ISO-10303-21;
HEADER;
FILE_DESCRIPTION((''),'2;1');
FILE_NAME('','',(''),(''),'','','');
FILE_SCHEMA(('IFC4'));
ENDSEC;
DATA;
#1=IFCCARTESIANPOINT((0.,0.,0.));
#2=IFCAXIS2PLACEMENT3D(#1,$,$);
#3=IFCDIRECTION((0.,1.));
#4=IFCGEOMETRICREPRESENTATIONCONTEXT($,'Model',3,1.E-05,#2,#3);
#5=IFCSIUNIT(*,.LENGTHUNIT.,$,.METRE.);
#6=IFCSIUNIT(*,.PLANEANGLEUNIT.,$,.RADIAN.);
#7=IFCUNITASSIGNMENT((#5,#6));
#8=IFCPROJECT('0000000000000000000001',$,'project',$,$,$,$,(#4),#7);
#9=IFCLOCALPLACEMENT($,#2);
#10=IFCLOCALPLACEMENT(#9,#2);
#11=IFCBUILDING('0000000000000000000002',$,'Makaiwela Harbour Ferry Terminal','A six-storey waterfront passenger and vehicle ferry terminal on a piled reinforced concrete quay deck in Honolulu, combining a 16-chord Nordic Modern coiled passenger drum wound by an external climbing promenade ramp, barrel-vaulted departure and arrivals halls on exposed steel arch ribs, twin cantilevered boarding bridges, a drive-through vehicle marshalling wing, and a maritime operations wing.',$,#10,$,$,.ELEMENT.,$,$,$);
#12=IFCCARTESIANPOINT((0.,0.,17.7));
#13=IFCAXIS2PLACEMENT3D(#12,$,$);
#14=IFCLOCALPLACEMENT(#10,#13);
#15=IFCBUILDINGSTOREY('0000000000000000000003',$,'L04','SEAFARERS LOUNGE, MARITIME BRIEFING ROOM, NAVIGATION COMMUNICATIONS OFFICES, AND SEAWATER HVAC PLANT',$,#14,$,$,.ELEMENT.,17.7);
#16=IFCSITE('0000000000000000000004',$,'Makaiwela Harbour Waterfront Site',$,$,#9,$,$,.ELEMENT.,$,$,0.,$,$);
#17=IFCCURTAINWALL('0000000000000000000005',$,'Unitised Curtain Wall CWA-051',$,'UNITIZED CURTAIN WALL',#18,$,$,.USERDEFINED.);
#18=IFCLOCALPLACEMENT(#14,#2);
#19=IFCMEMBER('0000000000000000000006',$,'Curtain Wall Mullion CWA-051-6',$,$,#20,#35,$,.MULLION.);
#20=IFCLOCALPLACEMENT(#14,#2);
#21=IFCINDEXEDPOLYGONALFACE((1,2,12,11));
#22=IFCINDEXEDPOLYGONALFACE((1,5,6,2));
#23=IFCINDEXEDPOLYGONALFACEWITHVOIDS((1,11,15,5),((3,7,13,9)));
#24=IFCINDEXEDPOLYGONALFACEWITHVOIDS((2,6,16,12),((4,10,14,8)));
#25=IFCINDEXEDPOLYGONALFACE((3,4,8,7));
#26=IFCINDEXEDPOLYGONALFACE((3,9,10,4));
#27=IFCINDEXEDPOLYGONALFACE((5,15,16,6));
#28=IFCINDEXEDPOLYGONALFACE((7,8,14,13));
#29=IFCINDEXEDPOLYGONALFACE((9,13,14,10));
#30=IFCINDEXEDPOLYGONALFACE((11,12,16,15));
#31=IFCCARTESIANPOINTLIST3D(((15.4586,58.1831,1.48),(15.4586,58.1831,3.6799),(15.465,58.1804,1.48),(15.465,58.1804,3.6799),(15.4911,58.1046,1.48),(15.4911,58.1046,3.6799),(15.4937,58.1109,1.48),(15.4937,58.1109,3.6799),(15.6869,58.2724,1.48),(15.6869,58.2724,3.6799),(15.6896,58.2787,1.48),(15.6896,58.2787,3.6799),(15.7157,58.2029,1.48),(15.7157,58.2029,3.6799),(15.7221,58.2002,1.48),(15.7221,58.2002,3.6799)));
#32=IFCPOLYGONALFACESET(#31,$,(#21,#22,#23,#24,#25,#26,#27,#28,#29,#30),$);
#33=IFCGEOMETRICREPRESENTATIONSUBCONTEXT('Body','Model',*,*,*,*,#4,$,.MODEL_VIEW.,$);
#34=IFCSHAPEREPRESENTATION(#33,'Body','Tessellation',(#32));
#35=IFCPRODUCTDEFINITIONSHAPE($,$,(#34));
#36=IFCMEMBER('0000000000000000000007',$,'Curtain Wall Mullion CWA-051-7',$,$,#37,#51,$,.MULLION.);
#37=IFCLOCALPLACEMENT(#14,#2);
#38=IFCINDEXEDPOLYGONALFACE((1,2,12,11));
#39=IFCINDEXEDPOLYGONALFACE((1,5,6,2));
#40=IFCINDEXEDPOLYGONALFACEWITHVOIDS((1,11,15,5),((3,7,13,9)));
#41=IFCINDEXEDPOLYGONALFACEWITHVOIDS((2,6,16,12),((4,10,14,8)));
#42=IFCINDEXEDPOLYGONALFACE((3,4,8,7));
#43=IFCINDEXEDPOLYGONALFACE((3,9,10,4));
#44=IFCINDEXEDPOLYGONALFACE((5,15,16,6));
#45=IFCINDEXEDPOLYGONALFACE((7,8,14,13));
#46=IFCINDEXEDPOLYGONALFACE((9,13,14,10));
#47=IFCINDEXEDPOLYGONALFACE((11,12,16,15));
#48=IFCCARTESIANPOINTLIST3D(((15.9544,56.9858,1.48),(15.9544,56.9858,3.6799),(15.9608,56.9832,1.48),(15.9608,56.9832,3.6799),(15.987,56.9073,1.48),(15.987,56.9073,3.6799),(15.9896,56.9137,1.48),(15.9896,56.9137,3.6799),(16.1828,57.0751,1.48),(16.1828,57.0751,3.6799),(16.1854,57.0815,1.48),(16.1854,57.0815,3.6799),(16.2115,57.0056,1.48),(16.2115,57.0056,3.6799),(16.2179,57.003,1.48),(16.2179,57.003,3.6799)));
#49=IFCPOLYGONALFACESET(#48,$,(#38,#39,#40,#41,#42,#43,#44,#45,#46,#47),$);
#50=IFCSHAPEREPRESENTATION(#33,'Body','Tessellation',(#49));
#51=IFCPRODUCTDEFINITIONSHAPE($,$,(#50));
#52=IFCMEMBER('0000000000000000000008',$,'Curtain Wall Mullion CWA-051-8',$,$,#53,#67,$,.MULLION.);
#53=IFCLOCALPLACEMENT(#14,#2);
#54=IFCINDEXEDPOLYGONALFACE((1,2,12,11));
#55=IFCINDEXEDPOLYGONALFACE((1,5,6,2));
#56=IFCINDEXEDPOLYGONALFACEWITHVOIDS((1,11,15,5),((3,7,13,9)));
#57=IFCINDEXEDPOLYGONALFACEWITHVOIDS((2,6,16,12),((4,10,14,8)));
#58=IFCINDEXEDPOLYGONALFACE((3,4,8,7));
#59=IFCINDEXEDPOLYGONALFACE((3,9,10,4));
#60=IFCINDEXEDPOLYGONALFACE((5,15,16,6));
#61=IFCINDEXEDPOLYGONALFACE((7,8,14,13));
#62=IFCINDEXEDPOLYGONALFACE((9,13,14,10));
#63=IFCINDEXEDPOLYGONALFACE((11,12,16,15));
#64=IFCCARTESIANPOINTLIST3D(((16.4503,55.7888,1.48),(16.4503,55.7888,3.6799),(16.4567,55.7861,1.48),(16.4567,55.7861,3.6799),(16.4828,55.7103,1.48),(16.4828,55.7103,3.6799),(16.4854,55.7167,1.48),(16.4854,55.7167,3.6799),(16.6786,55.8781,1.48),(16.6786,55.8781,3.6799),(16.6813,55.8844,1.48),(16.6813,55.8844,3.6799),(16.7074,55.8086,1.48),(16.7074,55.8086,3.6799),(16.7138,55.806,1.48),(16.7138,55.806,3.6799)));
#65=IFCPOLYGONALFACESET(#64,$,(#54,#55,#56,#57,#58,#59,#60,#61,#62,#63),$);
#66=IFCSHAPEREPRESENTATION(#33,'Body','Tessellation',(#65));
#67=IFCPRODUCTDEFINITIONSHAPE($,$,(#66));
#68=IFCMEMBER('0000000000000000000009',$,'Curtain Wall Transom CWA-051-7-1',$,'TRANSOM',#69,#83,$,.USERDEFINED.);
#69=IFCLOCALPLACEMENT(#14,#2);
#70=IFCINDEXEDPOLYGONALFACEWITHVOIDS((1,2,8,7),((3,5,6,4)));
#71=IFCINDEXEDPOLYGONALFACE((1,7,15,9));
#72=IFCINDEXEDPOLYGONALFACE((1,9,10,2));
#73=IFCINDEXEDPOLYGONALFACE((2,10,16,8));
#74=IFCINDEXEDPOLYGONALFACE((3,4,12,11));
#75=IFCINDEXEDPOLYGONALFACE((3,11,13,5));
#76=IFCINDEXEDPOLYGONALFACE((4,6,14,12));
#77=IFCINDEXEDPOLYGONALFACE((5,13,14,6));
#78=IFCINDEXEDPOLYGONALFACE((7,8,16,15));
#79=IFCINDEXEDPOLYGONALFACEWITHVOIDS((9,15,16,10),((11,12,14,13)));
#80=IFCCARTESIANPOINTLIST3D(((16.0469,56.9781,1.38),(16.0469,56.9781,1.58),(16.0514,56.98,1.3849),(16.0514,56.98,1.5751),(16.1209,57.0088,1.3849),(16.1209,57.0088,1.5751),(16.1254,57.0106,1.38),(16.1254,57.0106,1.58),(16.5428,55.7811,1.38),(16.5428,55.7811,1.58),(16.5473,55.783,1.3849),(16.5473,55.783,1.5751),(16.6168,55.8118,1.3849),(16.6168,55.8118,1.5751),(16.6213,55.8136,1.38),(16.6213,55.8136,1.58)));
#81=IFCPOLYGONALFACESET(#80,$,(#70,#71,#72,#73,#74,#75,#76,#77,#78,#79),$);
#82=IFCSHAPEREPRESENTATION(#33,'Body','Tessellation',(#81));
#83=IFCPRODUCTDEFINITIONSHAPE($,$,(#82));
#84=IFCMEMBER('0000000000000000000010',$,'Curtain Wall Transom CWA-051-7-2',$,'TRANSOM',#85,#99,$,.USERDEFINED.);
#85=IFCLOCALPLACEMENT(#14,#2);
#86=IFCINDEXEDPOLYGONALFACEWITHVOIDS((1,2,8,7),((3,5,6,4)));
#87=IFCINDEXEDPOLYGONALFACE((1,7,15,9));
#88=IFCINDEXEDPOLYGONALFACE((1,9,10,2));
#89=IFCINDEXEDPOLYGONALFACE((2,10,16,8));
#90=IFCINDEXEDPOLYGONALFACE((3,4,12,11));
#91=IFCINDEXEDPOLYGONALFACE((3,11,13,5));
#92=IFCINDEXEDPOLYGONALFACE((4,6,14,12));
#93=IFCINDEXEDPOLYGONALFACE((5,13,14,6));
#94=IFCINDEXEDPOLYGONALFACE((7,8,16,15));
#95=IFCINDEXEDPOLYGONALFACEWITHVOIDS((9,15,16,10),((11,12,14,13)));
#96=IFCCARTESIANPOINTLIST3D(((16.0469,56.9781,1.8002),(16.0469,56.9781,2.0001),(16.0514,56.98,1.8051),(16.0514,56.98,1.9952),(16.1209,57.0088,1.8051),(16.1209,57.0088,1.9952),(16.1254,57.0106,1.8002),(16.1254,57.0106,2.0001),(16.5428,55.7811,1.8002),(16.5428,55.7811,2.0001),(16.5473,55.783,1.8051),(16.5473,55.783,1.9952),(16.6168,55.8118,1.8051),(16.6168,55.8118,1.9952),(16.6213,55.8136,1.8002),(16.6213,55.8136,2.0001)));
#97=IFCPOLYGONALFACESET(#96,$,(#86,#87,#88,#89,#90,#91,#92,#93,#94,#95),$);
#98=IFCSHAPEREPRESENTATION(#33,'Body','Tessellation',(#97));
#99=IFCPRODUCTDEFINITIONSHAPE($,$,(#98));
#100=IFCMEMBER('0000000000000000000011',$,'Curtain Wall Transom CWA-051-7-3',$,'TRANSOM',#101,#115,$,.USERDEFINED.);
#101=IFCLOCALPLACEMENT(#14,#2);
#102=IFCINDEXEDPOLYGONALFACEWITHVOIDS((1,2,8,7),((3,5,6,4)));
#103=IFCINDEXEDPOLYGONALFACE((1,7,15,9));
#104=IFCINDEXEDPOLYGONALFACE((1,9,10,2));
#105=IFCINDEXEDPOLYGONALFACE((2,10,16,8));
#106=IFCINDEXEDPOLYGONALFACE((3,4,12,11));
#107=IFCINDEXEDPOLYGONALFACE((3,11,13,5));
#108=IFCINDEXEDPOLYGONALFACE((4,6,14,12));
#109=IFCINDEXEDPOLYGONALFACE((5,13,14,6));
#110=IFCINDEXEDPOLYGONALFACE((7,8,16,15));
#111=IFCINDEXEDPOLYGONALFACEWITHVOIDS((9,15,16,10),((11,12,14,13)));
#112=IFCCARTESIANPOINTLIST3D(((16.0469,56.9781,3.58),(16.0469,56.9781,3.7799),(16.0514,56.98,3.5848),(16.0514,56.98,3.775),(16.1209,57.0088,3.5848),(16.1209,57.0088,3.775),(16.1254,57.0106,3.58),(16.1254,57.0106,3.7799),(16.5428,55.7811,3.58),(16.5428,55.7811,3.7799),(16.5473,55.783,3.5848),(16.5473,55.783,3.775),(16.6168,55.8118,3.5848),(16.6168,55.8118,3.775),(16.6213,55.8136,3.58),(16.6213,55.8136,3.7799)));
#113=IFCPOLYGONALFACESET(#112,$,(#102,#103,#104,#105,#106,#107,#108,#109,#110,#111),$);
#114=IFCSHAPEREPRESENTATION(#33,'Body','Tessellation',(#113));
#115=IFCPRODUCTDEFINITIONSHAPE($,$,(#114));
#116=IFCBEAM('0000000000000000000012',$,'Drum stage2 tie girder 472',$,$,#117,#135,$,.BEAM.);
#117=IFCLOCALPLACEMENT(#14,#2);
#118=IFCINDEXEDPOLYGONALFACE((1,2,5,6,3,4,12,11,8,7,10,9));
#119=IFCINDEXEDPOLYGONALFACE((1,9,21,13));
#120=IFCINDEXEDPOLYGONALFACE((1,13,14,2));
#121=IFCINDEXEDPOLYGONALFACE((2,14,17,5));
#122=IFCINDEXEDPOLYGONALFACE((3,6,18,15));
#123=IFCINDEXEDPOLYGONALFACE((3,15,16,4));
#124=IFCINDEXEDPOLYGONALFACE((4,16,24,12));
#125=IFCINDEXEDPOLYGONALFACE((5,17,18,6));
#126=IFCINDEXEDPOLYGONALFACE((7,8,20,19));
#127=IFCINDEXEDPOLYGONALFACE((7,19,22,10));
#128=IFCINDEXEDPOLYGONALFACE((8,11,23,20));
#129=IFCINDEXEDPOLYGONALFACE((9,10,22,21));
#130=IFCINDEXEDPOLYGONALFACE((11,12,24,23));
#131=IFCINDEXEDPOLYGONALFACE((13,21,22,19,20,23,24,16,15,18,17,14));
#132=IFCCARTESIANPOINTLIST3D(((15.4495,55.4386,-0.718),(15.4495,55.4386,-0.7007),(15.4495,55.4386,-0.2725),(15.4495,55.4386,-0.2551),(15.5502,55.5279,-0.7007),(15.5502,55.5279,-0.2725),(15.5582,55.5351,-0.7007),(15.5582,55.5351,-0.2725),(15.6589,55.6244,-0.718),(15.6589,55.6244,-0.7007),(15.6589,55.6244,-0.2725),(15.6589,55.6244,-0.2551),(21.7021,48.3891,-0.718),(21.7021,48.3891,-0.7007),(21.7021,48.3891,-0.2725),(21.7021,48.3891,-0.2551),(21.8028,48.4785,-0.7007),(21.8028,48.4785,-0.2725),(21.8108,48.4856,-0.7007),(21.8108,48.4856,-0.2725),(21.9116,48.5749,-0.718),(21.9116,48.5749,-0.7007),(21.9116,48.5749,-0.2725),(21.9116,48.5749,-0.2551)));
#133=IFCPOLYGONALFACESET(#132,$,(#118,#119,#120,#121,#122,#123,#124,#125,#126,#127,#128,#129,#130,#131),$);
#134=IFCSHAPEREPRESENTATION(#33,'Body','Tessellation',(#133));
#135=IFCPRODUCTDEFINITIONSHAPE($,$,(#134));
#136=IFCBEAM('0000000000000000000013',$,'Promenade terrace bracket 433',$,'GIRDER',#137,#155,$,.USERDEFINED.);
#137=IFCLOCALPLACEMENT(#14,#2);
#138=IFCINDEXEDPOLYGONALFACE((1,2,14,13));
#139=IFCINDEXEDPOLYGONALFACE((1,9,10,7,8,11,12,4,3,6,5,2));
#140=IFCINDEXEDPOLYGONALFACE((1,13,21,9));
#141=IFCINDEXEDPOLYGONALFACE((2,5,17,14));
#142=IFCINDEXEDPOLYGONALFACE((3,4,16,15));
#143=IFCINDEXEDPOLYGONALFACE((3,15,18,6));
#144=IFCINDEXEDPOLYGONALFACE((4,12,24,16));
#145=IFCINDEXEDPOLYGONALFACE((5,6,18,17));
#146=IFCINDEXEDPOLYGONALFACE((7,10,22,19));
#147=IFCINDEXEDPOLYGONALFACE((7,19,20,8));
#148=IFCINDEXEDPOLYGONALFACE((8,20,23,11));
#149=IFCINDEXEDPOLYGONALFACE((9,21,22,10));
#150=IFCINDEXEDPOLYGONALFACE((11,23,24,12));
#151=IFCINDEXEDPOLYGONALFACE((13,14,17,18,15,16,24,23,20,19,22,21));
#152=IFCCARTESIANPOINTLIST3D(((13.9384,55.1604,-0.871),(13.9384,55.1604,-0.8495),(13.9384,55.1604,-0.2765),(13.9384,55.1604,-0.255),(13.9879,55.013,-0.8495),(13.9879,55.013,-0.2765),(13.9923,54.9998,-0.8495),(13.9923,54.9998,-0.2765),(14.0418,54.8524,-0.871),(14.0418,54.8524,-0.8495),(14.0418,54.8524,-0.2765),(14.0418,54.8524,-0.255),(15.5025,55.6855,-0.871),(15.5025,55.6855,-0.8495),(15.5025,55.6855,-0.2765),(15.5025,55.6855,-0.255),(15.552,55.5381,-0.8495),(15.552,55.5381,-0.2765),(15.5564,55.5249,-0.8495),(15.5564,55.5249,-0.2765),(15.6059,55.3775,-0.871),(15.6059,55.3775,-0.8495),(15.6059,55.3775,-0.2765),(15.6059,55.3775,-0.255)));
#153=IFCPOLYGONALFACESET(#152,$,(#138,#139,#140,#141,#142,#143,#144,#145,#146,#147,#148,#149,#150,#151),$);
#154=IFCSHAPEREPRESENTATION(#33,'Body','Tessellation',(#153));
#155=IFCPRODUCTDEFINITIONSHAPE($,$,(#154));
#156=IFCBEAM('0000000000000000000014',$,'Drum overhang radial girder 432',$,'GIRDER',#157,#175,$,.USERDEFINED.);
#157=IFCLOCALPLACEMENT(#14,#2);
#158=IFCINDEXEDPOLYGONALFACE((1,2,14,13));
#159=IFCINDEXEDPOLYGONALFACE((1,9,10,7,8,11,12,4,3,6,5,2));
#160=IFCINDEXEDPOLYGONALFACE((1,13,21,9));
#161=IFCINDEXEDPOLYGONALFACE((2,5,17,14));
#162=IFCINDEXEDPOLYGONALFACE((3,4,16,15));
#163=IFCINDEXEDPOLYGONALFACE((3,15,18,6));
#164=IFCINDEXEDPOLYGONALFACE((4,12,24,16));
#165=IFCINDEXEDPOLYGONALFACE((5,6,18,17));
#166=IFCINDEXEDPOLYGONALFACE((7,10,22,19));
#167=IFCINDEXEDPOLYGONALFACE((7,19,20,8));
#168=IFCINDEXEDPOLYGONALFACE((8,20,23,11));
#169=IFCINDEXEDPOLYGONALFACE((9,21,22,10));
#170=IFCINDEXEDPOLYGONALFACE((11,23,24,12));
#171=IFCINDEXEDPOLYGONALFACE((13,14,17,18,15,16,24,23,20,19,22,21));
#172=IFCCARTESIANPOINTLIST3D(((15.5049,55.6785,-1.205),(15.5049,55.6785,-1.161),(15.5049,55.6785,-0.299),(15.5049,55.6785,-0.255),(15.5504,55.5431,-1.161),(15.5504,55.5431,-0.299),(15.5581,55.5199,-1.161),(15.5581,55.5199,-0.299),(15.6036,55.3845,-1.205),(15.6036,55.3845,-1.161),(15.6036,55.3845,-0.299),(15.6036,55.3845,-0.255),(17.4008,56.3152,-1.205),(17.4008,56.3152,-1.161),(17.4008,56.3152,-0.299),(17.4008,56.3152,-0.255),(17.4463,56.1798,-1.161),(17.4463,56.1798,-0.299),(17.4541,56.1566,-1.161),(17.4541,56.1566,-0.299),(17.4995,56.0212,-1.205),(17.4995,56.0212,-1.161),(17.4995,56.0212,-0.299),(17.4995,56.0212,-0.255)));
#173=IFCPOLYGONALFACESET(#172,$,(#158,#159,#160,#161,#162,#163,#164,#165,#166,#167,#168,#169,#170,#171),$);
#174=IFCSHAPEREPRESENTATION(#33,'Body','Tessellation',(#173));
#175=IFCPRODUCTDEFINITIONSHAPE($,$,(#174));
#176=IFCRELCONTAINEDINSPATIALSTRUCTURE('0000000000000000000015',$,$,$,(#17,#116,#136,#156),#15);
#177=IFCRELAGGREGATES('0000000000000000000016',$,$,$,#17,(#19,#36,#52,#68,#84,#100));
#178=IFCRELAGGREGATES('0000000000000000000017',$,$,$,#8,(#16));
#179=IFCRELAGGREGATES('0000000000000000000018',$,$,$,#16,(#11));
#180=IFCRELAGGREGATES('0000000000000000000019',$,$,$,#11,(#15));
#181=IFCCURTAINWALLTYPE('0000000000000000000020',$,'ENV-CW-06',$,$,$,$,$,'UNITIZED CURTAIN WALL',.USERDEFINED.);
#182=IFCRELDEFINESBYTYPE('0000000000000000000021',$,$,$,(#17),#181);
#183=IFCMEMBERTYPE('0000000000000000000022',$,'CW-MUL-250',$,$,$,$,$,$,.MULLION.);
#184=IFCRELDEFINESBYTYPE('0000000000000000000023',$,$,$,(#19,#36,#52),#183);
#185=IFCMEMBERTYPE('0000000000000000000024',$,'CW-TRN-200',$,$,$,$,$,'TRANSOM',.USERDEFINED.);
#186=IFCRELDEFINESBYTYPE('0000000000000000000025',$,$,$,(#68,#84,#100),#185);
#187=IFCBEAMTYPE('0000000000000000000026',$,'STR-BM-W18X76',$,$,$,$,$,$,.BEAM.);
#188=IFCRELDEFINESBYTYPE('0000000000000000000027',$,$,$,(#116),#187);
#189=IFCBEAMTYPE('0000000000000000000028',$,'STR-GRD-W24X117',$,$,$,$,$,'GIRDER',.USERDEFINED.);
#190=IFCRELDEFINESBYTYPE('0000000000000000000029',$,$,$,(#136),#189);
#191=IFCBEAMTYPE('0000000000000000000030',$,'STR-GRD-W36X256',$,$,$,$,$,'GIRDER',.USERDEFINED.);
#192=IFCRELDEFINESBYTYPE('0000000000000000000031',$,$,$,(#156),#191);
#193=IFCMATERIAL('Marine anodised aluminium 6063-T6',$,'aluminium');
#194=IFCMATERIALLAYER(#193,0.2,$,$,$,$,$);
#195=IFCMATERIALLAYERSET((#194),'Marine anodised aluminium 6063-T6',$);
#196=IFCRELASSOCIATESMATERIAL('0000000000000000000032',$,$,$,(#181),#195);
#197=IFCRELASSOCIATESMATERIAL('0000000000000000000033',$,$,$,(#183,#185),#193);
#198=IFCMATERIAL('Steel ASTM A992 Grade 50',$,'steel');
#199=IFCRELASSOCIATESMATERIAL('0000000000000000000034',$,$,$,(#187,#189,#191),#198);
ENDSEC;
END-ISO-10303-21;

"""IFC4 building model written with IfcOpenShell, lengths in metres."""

from ifc_helpers import new_model, si_unit, direction, frame, origin, origin_2d, place, context, subcontext, project, spatial, hollow_rectangle, i_section, extrude, material, layer, layer_set, material_profile, profile_set, type_object, element, aggregate, save


model = new_model("IFC4")

# Units and contexts
model_context = context("Model", 3, precision=1e-05, world=origin(), true_north=direction((0.0, 1.0)))
body_context = subcontext(model_context, "Body", "Model", "MODEL_VIEW")
ifc_project = project(units=[si_unit("LENGTHUNIT", "METRE"), si_unit("PLANEANGLEUNIT", "RADIAN")], contexts=[model_context])

# Site, building, storey
site_placement = place(None, origin())
site = spatial("IfcSite", under=ifc_project, at=site_placement, Name="Makaiwela Harbour Waterfront Site", CompositionType="ELEMENT", RefElevation=0.0)
building_placement = place(site_placement, origin())
building = spatial("IfcBuilding", under=site, at=building_placement, Name="Makaiwela Harbour Ferry Terminal", Description="A six-storey waterfront passenger and vehicle ferry terminal on a piled reinforced concrete quay deck in Honolulu, combining a 16-chord Nordic Modern coiled passenger drum wound by an external climbing promenade ramp, barrel-vaulted departure and arrivals halls on exposed steel arch ribs, twin cantilevered boarding bridges, a drive-through vehicle marshalling wing, and a maritime operations wing.", CompositionType="ELEMENT")
storey_placement = place(building_placement, frame((0.0, 0.0, 17.7)))
storey = spatial("IfcBuildingStorey", under=building, at=storey_placement, Name="L04", Description="SEAFARERS LOUNGE, MARITIME BRIEFING ROOM, NAVIGATION COMMUNICATIONS OFFICES, AND SEAWATER HVAC PLANT", CompositionType="ELEMENT", Elevation=17.7)

# Curtain wall, members
ifc_material_1 = material(Name="Marine anodised aluminium 6063-T6", Category="aluminium")
ifc_layer_1 = layer(ifc_material_1, 0.2)
ifc_layer_set_1 = layer_set([ifc_layer_1], Name="Marine anodised aluminium 6063-T6")
curtain_wall_type = type_object("IfcCurtainWallType", Name="ENV-CW-06", ElementType="UNITIZED CURTAIN WALL", PredefinedType="USERDEFINED", material=ifc_layer_set_1)
curtain_wall_placement = place(storey_placement, origin())
curtain_wall = element("IfcCurtainWall", 1, at=curtain_wall_placement, inside=storey, type_object=curtain_wall_type, Name="Unitised Curtain Wall CWA-051", ObjectType="UNITIZED CURTAIN WALL", PredefinedType="USERDEFINED")
ifc_material_profile_1 = material_profile(ifc_material_1, hollow_rectangle(XDim=0.085, YDim=0.25, WallThickness=0.0049, at=origin_2d()), Name="CWM-250X85")
ifc_profile_set_1 = profile_set([ifc_material_profile_1], Name="Marine anodised aluminium 6063-T6")
member_type_1 = type_object("IfcMemberType", Name="CW-MUL-250", PredefinedType="MULLION", material=ifc_profile_set_1)
member_1_placement = place(storey_placement, frame((15.5903, 58.1917, 1.48), z_axis=(0.0, 0.0, 1.0), x_axis=(-0.382683, 0.92388, 0.0)))
member_1 = element("IfcMember", 2, at=member_1_placement, type_object=member_type_1, Name="Curtain Wall Mullion CWA-051-6", PredefinedType="MULLION", context=body_context, shape_type="SweptSolid", body=[
    extrude(hollow_rectangle(XDim=0.085, YDim=0.25, WallThickness=0.0049, at=origin_2d()), origin(), (0.0, 0.0, 1.0), 2.2),
])
member_2_placement = place(storey_placement, frame((16.0862, 56.9944, 1.48), z_axis=(0.0, 0.0, 1.0), x_axis=(-0.382683, 0.92388, 0.0)))
member_2 = element("IfcMember", 3, at=member_2_placement, type_object=member_type_1, Name="Curtain Wall Mullion CWA-051-7", PredefinedType="MULLION", context=body_context, shape_type="SweptSolid", body=[
    extrude(hollow_rectangle(XDim=0.085, YDim=0.25, WallThickness=0.0049, at=origin_2d()), origin(), (0.0, 0.0, 1.0), 2.2),
])
member_3_placement = place(storey_placement, frame((16.582, 55.7974, 1.48), z_axis=(0.0, 0.0, 1.0), x_axis=(-0.382683, 0.92388, 0.0)))
member_3 = element("IfcMember", 4, at=member_3_placement, type_object=member_type_1, Name="Curtain Wall Mullion CWA-051-8", PredefinedType="MULLION", context=body_context, shape_type="SweptSolid", body=[
    extrude(hollow_rectangle(XDim=0.085, YDim=0.25, WallThickness=0.0049, at=origin_2d()), origin(), (0.0, 0.0, 1.0), 2.2),
])
ifc_material_profile_2 = material_profile(ifc_material_1, hollow_rectangle(XDim=0.085, YDim=0.2, WallThickness=0.0049, at=origin_2d()), Name="CWT-200X85")
ifc_profile_set_2 = profile_set([ifc_material_profile_2], Name="Marine anodised aluminium 6063-T6")
member_type_2 = type_object("IfcMemberType", Name="CW-TRN-200", ElementType="TRANSOM", PredefinedType="USERDEFINED", material=ifc_profile_set_2)
member_4_placement = place(storey_placement, frame((16.0862, 56.9944, 1.48), z_axis=(0.382701, -0.923872, 0.0), x_axis=(0.923872, 0.382701, 0.0)))
member_4 = element("IfcMember", 5, at=member_4_placement, type_object=member_type_2, Name="Curtain Wall Transom CWA-051-7-1", ObjectType="TRANSOM", PredefinedType="USERDEFINED", context=body_context, shape_type="SweptSolid", body=[
    extrude(hollow_rectangle(XDim=0.085, YDim=0.2, WallThickness=0.0049, at=origin_2d()), origin(), (0.0, 0.0, 1.0), 1.2957),
])
member_5_placement = place(storey_placement, frame((16.0862, 56.9944, 1.9001), z_axis=(0.382701, -0.923872, 0.0), x_axis=(0.923872, 0.382701, 0.0)))
member_5 = element("IfcMember", 6, at=member_5_placement, type_object=member_type_2, Name="Curtain Wall Transom CWA-051-7-2", ObjectType="TRANSOM", PredefinedType="USERDEFINED", context=body_context, shape_type="SweptSolid", body=[
    extrude(hollow_rectangle(XDim=0.085, YDim=0.2, WallThickness=0.0049, at=origin_2d()), origin(), (0.0, 0.0, 1.0), 1.2957),
])
member_6_placement = place(storey_placement, frame((16.0862, 56.9944, 3.6799), z_axis=(0.382701, -0.923872, 0.0), x_axis=(0.923872, 0.382701, 0.0)))
member_6 = element("IfcMember", 7, at=member_6_placement, type_object=member_type_2, Name="Curtain Wall Transom CWA-051-7-3", ObjectType="TRANSOM", PredefinedType="USERDEFINED", context=body_context, shape_type="SweptSolid", body=[
    extrude(hollow_rectangle(XDim=0.085, YDim=0.2, WallThickness=0.0049, at=origin_2d()), origin(), (0.0, 0.0, 1.0), 1.2957),
])

# Beams
ifc_material_2 = material(Name="Steel ASTM A992 Grade 50", Category="steel")
ifc_material_profile_3 = material_profile(ifc_material_2, i_section(OverallWidth=0.28, OverallDepth=0.4629, WebThickness=0.0107, FlangeThickness=0.0173, at=origin_2d()), Name="W18X76")
ifc_profile_set_3 = profile_set([ifc_material_profile_3], Name="Steel ASTM A992 Grade 50")
beam_type_1 = type_object("IfcBeamType", Name="STR-BM-W18X76", PredefinedType="BEAM", material=ifc_profile_set_3)
beam_1_placement = place(storey_placement, frame((15.5542, 55.5315, -0.4866), z_axis=(0.663558, -0.748125, 0.0), x_axis=(0.748125, 0.663558, 0.0)))
element("IfcBeam", 8, at=beam_1_placement, inside=storey, type_object=beam_type_1, Name="Drum stage2 tie girder 472", PredefinedType="BEAM", context=body_context, shape_type="SweptSolid", body=[
    extrude(i_section(OverallWidth=0.28, OverallDepth=0.4629, WebThickness=0.0107, FlangeThickness=0.0173, at=origin_2d()), origin(), (0.0, 0.0, 1.0), 9.4229),
])
ifc_material_profile_4 = material_profile(ifc_material_2, i_section(OverallWidth=0.325, OverallDepth=0.616, WebThickness=0.0139, FlangeThickness=0.0215, at=origin_2d()), Name="W24X117")
ifc_profile_set_4 = profile_set([ifc_material_profile_4], Name="Steel ASTM A992 Grade 50")
beam_type_2 = type_object("IfcBeamType", Name="STR-GRD-W24X117", ElementType="GIRDER", PredefinedType="USERDEFINED", material=ifc_profile_set_4)
beam_2_placement = place(storey_placement, frame((15.5542, 55.5315, -0.563), z_axis=(-0.948, -0.318269, 0.0), x_axis=(0.318269, -0.948, 0.0)))
element("IfcBeam", 9, at=beam_2_placement, inside=storey, type_object=beam_type_2, Name="Promenade terrace bracket 433", ObjectType="GIRDER", PredefinedType="USERDEFINED", context=body_context, shape_type="SweptSolid", body=[
    extrude(i_section(OverallWidth=0.325, OverallDepth=0.616, WebThickness=0.0139, FlangeThickness=0.0215, at=origin_2d()), origin(), (0.0, 0.0, 1.0), 1.6499),
])
ifc_material_profile_5 = material_profile(ifc_material_2, i_section(OverallWidth=0.3101, OverallDepth=0.95, WebThickness=0.0244, FlangeThickness=0.0439, at=origin_2d()), Name="W36X256")
ifc_profile_set_5 = profile_set([ifc_material_profile_5], Name="Steel ASTM A992 Grade 50")
beam_type_3 = type_object("IfcBeamType", Name="STR-GRD-W36X256", ElementType="GIRDER", PredefinedType="USERDEFINED", material=ifc_profile_set_5)
beam_3_placement = place(storey_placement, frame((17.4502, 56.1682, -0.73), z_axis=(-0.947973, -0.318351, 0.0), x_axis=(0.318351, -0.947973, 0.0)))
element("IfcBeam", 10, at=beam_3_placement, inside=storey, type_object=beam_type_3, Name="Drum overhang radial girder 432", ObjectType="GIRDER", PredefinedType="USERDEFINED", context=body_context, shape_type="SweptSolid", body=[
    extrude(i_section(OverallWidth=0.3101, OverallDepth=0.95, WebThickness=0.0244, FlangeThickness=0.0439, at=origin_2d()), origin(), (0.0, 0.0, 1.0), 2.0),
])

aggregate(curtain_wall, [member_1, member_2, member_3, member_4, member_5, member_6])

save(model, "model.ifc")
